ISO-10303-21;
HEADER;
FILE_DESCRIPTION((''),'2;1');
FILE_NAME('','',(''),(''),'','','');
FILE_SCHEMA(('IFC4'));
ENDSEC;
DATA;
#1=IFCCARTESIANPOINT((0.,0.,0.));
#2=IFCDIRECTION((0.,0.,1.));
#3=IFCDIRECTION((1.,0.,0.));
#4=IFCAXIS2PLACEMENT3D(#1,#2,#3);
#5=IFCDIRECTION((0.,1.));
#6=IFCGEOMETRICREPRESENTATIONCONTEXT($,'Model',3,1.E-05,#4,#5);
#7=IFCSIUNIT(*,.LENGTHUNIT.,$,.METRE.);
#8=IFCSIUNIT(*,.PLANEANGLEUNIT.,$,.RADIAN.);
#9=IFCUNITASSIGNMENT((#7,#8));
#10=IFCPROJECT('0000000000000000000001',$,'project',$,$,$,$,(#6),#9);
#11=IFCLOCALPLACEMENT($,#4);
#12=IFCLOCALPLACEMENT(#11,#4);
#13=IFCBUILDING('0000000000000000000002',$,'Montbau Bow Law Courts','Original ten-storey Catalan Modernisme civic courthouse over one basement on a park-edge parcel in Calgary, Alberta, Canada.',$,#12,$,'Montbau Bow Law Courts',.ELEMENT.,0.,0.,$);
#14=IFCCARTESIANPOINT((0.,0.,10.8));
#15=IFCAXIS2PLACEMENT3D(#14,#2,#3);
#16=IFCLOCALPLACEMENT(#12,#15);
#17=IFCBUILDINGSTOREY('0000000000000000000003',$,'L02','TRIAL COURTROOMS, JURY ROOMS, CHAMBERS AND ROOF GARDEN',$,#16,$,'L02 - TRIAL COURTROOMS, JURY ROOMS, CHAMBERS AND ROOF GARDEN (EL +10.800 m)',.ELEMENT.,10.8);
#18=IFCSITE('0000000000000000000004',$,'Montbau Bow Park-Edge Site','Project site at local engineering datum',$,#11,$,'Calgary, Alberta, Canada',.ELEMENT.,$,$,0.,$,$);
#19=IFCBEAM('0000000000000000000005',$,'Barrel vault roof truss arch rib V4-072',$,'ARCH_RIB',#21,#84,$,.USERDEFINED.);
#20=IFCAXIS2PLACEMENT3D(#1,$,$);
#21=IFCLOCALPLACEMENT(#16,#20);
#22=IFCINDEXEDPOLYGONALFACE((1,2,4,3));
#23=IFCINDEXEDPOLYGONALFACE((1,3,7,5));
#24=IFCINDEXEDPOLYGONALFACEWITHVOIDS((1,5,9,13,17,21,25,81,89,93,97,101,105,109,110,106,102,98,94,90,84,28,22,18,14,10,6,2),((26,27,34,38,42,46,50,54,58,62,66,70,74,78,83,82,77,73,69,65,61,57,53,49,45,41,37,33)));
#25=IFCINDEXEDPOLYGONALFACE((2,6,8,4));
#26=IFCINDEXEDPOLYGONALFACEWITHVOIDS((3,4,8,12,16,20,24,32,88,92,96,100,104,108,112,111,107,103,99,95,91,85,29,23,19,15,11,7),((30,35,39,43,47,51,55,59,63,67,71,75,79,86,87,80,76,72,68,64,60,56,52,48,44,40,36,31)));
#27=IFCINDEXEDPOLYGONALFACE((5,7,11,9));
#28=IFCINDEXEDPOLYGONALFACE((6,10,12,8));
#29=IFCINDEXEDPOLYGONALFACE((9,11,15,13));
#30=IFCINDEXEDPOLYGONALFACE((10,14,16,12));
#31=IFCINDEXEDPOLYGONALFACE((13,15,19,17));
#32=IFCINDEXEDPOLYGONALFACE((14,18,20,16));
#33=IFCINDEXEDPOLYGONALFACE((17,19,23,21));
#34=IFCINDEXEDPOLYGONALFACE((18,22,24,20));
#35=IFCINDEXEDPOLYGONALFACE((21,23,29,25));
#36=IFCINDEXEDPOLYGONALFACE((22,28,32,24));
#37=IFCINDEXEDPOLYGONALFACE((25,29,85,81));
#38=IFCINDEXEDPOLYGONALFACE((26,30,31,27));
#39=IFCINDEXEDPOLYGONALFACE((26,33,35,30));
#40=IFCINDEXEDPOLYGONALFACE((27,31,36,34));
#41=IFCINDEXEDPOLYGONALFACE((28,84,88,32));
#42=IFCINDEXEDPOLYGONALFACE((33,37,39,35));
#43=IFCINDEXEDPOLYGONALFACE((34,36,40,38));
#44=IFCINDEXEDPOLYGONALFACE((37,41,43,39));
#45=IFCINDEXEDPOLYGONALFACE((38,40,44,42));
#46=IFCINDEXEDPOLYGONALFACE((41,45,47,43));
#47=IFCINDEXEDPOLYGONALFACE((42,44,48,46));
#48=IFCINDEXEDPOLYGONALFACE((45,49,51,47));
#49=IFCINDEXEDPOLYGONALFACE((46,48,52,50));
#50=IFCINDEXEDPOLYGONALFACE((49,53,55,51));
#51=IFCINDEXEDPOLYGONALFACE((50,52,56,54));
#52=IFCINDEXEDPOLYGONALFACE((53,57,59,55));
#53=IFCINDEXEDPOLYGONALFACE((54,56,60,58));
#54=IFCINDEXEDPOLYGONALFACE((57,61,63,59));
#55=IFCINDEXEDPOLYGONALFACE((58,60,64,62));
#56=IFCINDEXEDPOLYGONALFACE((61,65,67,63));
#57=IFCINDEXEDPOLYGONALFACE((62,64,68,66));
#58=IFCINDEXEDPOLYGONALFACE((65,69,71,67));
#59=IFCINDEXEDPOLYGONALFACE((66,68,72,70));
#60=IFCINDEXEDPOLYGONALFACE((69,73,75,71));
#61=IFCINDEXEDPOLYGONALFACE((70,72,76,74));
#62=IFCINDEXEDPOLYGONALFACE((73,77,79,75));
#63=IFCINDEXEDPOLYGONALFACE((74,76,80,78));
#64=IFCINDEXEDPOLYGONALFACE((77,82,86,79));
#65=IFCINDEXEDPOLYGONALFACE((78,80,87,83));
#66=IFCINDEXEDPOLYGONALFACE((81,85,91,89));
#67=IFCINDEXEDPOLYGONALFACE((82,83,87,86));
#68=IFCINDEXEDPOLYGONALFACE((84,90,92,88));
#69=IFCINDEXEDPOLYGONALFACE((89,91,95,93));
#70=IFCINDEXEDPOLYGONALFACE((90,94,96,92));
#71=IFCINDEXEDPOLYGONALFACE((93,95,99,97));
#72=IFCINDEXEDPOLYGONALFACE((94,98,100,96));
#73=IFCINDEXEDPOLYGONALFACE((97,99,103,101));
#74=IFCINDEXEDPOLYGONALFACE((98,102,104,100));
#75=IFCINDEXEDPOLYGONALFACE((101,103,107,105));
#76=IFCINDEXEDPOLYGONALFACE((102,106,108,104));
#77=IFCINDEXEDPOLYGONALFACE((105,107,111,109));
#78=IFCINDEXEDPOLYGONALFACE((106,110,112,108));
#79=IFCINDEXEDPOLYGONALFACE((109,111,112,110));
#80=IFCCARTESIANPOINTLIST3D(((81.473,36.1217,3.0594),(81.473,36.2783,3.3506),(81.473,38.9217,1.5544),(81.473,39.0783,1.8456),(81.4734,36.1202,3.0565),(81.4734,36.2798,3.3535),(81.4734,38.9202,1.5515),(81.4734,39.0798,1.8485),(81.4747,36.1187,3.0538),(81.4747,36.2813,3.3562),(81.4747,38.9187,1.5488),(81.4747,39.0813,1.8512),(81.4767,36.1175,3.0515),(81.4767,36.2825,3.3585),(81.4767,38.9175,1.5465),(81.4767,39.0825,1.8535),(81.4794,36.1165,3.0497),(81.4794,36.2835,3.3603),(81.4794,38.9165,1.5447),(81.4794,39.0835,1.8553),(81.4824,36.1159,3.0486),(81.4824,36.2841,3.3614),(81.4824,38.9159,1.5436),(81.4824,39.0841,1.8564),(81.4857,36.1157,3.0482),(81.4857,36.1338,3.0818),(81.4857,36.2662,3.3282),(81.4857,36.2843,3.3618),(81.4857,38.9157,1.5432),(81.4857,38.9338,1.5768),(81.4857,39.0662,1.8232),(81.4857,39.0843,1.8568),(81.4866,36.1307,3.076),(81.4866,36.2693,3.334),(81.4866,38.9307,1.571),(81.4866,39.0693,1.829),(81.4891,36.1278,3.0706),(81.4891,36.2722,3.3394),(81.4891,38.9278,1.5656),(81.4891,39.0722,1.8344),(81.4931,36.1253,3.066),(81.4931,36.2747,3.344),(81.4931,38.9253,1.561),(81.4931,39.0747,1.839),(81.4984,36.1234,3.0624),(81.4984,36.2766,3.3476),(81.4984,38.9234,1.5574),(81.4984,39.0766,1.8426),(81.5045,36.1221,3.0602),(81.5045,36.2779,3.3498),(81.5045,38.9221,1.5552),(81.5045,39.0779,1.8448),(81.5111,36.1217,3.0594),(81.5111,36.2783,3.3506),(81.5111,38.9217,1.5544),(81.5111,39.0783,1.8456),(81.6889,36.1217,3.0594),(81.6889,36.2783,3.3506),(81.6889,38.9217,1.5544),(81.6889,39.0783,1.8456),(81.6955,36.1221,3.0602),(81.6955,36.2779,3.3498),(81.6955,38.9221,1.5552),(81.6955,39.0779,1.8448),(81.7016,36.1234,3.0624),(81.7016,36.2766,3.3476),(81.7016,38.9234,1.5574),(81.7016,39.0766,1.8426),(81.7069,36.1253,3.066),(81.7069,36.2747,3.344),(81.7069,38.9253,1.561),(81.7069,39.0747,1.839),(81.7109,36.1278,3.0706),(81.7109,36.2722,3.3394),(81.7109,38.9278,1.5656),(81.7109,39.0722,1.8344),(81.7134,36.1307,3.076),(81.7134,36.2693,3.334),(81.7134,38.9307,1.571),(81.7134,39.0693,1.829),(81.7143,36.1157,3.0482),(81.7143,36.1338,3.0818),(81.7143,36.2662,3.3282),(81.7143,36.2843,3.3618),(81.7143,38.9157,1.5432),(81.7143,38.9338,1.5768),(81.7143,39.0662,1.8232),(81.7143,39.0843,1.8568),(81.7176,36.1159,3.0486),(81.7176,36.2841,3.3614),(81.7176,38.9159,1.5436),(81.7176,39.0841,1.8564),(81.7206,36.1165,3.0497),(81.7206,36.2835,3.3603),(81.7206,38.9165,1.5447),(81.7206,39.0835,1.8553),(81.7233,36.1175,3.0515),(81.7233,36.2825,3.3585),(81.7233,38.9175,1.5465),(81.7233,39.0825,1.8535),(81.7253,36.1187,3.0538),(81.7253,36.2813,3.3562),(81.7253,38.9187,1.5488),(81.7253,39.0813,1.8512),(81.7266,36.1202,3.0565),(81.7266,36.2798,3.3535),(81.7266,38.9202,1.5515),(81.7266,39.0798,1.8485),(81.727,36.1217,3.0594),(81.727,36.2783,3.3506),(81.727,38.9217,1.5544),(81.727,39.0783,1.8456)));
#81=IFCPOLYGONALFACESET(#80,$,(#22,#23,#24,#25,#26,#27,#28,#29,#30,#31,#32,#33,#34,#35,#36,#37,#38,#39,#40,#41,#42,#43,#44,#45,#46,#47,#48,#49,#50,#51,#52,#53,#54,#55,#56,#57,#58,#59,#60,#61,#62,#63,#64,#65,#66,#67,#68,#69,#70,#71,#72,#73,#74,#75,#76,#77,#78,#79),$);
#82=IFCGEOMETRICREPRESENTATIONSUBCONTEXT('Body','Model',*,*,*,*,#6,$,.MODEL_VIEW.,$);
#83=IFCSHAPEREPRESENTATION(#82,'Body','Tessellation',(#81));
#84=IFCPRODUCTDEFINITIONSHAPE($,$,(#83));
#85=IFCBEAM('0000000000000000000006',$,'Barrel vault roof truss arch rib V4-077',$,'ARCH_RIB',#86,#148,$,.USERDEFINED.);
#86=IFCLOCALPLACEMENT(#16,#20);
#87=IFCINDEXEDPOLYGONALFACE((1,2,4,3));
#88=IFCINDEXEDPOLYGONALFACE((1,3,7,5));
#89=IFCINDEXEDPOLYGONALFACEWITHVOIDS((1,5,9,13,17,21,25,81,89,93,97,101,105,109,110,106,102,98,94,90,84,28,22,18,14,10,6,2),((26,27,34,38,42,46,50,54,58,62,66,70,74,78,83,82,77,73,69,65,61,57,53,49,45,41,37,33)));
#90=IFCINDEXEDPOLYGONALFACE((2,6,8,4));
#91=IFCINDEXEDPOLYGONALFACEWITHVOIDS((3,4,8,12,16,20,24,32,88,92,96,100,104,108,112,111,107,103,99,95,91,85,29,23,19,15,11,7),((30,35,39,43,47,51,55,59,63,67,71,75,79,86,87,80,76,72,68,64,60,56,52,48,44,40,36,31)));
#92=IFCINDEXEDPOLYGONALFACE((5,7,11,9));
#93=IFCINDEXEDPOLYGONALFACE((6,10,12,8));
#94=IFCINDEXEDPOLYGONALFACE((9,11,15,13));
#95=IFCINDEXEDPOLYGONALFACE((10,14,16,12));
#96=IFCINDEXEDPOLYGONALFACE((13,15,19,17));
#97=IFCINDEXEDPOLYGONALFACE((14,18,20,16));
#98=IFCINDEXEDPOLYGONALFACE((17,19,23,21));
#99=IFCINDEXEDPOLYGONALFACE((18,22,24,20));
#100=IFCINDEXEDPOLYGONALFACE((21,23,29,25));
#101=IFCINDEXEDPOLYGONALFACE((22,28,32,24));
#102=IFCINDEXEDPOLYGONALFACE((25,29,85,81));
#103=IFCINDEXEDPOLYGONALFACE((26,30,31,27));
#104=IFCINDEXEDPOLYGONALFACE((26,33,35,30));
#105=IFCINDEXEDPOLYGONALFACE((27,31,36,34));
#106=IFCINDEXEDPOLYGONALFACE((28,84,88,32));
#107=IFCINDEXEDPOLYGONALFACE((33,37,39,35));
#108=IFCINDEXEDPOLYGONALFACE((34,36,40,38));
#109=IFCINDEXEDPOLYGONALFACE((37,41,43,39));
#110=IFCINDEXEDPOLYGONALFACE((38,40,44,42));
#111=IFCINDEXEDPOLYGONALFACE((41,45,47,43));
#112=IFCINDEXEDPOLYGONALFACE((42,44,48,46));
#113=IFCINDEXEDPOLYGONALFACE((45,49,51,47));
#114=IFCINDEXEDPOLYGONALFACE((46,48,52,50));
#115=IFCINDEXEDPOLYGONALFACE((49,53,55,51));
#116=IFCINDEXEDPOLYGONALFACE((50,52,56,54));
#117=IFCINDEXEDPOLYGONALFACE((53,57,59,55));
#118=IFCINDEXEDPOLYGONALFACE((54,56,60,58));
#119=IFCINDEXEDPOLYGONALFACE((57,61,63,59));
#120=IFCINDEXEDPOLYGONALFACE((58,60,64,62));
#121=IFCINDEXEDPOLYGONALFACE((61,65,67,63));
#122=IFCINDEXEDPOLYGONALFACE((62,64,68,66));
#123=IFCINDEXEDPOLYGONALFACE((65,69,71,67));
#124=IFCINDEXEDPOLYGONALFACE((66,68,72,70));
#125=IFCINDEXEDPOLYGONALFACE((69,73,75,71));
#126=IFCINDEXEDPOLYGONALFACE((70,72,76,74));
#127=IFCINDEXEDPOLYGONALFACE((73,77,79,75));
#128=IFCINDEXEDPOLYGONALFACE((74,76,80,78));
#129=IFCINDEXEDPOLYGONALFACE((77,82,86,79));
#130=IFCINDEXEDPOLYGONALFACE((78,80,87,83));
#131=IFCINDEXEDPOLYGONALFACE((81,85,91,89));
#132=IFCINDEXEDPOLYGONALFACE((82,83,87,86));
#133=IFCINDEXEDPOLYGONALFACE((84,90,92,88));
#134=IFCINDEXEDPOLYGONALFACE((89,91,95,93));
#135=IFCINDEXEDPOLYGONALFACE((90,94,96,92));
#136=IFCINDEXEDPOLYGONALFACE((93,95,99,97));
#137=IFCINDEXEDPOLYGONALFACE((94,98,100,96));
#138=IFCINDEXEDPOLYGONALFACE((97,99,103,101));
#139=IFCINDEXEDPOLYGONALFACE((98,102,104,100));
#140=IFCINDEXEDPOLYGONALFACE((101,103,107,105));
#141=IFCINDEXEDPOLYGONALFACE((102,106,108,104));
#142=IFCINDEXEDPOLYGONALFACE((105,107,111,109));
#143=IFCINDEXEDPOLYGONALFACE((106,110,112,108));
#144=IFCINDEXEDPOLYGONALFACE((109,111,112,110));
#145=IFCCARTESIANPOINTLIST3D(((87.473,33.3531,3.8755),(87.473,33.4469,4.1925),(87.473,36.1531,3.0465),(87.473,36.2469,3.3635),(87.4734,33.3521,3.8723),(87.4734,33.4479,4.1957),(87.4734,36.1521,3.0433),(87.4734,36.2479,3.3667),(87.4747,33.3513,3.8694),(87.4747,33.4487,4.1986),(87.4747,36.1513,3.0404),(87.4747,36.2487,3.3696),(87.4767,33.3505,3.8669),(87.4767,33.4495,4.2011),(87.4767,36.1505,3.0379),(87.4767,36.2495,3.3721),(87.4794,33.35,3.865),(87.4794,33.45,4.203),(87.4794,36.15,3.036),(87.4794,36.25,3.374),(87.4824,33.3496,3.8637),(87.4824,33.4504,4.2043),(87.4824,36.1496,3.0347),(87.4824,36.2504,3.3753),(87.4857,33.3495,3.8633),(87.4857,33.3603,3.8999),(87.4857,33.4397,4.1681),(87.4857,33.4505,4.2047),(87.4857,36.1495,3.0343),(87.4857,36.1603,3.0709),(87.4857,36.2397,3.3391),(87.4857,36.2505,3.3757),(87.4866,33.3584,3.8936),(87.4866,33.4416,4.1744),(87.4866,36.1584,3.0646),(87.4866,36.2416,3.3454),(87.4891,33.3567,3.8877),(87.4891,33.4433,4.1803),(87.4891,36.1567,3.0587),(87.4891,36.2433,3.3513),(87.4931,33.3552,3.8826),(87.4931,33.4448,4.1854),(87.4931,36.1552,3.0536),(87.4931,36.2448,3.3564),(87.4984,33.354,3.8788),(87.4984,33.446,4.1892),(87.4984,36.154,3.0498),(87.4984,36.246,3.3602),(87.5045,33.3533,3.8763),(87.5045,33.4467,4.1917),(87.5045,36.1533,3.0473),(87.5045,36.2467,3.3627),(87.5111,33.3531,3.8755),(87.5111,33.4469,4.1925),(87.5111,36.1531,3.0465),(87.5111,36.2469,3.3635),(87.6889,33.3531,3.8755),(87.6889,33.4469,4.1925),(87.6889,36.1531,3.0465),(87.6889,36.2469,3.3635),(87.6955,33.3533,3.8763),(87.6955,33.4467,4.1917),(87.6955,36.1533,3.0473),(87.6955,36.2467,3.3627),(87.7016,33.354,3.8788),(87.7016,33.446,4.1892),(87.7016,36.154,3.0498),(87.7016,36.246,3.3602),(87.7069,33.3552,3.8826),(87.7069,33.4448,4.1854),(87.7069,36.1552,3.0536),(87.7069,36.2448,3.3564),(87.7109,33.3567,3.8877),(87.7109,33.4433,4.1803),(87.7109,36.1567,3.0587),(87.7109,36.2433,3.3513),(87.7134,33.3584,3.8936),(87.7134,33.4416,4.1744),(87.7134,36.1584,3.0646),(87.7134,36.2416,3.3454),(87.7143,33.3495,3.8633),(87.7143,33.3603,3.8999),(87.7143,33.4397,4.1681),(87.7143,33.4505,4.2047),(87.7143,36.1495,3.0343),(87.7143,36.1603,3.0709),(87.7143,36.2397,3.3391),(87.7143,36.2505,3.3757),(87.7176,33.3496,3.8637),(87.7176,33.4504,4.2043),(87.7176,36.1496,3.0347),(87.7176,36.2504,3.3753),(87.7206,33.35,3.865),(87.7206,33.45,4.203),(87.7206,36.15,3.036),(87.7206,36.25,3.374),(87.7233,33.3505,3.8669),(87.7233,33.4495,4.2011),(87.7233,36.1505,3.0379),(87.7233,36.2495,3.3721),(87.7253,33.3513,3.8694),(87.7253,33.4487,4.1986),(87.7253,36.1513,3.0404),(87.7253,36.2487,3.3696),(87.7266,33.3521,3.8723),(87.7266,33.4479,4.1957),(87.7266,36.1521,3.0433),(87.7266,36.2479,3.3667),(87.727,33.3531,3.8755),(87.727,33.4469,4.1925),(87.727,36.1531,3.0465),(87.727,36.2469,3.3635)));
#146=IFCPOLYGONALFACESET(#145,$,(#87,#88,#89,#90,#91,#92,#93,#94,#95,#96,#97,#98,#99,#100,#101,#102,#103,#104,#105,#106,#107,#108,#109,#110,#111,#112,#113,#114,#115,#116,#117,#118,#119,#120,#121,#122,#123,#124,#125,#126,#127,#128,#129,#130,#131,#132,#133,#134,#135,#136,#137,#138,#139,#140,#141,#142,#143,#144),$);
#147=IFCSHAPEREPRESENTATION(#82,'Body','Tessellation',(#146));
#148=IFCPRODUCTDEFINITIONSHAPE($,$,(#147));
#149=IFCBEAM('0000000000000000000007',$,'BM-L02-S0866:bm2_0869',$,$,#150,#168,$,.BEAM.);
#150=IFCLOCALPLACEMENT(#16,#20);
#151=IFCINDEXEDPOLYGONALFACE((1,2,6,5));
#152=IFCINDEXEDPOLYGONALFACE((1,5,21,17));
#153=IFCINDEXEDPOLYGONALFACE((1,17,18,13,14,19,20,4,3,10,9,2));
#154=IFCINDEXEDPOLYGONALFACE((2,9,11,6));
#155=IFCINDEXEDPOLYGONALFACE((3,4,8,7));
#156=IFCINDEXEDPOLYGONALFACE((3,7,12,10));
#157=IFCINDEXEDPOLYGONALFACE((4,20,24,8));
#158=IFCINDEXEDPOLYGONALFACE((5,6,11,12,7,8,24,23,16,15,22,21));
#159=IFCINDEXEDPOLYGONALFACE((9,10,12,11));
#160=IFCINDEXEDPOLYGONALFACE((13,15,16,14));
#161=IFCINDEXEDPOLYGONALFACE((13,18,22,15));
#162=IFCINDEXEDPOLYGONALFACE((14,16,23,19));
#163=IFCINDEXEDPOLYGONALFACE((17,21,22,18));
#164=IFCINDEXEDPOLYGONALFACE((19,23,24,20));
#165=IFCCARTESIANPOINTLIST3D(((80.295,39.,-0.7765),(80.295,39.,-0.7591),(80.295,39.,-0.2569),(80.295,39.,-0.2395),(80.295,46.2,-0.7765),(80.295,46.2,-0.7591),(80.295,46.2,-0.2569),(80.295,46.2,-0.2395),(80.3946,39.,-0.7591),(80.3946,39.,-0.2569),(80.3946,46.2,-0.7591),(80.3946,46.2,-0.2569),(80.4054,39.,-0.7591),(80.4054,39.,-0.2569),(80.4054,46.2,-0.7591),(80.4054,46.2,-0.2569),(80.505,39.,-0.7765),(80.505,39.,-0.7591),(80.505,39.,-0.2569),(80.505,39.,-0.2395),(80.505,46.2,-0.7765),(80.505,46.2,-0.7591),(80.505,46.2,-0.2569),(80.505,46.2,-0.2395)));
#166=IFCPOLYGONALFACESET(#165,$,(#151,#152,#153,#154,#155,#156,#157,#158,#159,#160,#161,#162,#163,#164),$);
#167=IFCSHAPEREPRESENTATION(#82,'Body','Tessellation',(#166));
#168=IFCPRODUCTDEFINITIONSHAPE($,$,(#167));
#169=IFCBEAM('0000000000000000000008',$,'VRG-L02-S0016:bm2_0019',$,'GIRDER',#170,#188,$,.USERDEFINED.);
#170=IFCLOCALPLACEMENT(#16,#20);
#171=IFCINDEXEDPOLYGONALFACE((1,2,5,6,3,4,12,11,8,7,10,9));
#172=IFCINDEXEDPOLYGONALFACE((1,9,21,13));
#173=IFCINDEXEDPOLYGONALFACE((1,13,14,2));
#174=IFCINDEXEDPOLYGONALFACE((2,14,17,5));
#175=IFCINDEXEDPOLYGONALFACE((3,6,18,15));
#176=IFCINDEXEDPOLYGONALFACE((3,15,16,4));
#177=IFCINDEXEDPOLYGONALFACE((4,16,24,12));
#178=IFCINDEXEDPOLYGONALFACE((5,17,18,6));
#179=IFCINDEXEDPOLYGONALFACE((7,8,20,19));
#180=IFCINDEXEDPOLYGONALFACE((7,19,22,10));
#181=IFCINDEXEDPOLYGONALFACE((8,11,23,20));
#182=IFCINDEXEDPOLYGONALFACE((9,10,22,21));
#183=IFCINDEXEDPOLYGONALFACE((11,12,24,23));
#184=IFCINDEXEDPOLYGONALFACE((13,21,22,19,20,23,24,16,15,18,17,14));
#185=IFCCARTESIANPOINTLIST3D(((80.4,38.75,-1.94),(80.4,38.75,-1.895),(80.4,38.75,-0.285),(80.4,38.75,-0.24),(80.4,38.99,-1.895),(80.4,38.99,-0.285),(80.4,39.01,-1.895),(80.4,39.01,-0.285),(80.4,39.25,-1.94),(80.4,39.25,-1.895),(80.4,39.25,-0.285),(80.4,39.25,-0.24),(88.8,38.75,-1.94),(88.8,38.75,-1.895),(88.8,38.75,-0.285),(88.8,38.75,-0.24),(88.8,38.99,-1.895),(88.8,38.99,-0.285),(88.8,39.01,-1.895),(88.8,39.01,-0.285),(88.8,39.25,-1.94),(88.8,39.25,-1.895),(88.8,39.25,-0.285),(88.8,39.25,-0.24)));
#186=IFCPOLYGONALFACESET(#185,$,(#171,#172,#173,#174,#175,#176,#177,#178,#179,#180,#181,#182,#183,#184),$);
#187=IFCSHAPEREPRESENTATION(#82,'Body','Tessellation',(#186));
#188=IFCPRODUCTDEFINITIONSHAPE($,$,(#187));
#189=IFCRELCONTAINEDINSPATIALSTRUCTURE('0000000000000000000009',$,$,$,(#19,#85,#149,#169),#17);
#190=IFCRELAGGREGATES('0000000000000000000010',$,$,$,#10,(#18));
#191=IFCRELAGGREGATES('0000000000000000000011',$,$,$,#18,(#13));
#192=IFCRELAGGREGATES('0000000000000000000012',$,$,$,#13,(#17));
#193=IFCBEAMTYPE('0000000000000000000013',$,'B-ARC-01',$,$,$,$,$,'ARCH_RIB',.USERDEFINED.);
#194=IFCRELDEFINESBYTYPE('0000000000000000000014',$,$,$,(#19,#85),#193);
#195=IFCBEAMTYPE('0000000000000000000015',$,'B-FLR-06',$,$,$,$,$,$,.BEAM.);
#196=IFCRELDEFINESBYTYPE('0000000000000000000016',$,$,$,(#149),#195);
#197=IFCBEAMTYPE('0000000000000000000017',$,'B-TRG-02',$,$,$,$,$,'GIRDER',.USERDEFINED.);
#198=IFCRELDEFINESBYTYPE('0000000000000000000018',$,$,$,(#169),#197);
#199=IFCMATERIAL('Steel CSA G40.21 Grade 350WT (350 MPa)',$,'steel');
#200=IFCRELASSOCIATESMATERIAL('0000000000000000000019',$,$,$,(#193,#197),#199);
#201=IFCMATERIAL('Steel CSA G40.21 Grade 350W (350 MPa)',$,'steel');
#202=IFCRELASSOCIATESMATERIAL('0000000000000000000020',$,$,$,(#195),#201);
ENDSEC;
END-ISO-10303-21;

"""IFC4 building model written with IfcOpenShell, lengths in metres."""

from ifc_helpers import new_model, si_unit, direction, frame, origin_with_axes, origin_2d_with_axis, place, context, subcontext, project, spatial, hollow_rectangle, i_section, extrude, material, material_profile, profile_set, type_object, element, save


model = new_model("IFC4")

# Units and contexts
model_context = context("Model", 3, precision=1e-05, world=origin_with_axes(), true_north=direction((0.0, 1.0)))
body_context = subcontext(model_context, "Body", "Model", "MODEL_VIEW")
ifc_project = project(units=[si_unit("LENGTHUNIT", "METRE"), si_unit("PLANEANGLEUNIT", "RADIAN")], contexts=[model_context])

# Site, building, storey
site_placement = place(None, origin_with_axes())
site = spatial("IfcSite", under=ifc_project, at=site_placement, Name="Montbau Bow Park-Edge Site", Description="Project site at local engineering datum", LongName="Calgary, Alberta, Canada", CompositionType="ELEMENT", RefElevation=0.0)
building_placement = place(site_placement, origin_with_axes())
building = spatial("IfcBuilding", under=site, at=building_placement, Name="Montbau Bow Law Courts", Description="Original ten-storey Catalan Modernisme civic courthouse over one basement on a park-edge parcel in Calgary, Alberta, Canada.", LongName="Montbau Bow Law Courts", CompositionType="ELEMENT", ElevationOfRefHeight=0.0, ElevationOfTerrain=0.0)
storey_placement = place(building_placement, frame((0.0, 0.0, 10.8), z_axis=(0.0, 0.0, 1.0), x_axis=(1.0, 0.0, 0.0)))
storey = spatial("IfcBuildingStorey", under=building, at=storey_placement, Name="L02", Description="TRIAL COURTROOMS, JURY ROOMS, CHAMBERS AND ROOF GARDEN", LongName="L02 - TRIAL COURTROOMS, JURY ROOMS, CHAMBERS AND ROOF GARDEN (EL +10.800 m)", CompositionType="ELEMENT", Elevation=10.8)

# Shared definitions
ifc_material_1 = material(Name="Steel CSA G40.21 Grade 350W (350 MPa)", Category="steel")

# Beams
ifc_material_2 = material(Name="Steel CSA G40.21 Grade 350WT (350 MPa)", Category="steel")
ifc_material_profile_1 = material_profile(ifc_material_2, hollow_rectangle(XDim=0.254, YDim=0.356, WallThickness=0.0127, InnerFilletRadius=0.0254, OuterFilletRadius=0.0127, at=origin_2d_with_axis()), Name="HSS356X254X13", Category="Main", Priority=0)
ifc_profile_set_1 = profile_set([ifc_material_profile_1], Name="Steel CSA G40.21 Grade 350WT (350 MPa)")
beam_type_1 = type_object("IfcBeamType", Name="B-ARC-01", ElementType="ARCH_RIB", PredefinedType="USERDEFINED", material=ifc_profile_set_1)
beam_1_placement = place(None, frame((81.6, 36.2, 14.005), z_axis=(0.0, 0.880824, -0.473443), x_axis=(-1.0, 0.0, 0.0)))
element("IfcBeam", 1, at=beam_1_placement, inside=storey, type_object=beam_type_1, Name="Barrel vault roof truss arch rib V4-072", ObjectType="ARCH_RIB", PredefinedType="USERDEFINED", context=body_context, shape_type="SweptSolid", body=[
    extrude(hollow_rectangle(XDim=0.254, YDim=0.356, WallThickness=0.0127, InnerFilletRadius=0.0254, OuterFilletRadius=0.0127, at=origin_2d_with_axis()), origin_with_axes(), (0.0, 0.0, 1.0), 3.1788),
])
beam_2_placement = place(None, frame((87.6, 33.4, 14.834), z_axis=(0.0, 0.958857, -0.28389), x_axis=(-1.0, 0.0, 0.0)))
element("IfcBeam", 2, at=beam_2_placement, inside=storey, type_object=beam_type_1, Name="Barrel vault roof truss arch rib V4-077", ObjectType="ARCH_RIB", PredefinedType="USERDEFINED", context=body_context, shape_type="SweptSolid", body=[
    extrude(hollow_rectangle(XDim=0.254, YDim=0.356, WallThickness=0.0127, InnerFilletRadius=0.0254, OuterFilletRadius=0.0127, at=origin_2d_with_axis()), origin_with_axes(), (0.0, 0.0, 1.0), 2.9201),
])
ifc_material_profile_2 = material_profile(ifc_material_1, i_section(OverallWidth=0.21, OverallDepth=0.537, WebThickness=0.0109, FlangeThickness=0.0174, at=origin_2d_with_axis()), Name="W530X101", Category="Main", Priority=0)
ifc_profile_set_2 = profile_set([ifc_material_profile_2], Name="Steel CSA G40.21 Grade 350W (350 MPa)")
beam_type_2 = type_object("IfcBeamType", Name="B-FLR-06", PredefinedType="BEAM", material=ifc_profile_set_2)
beam_3_placement = place(None, frame((80.4, 39.0, 10.292), z_axis=(0.0, 1.0, 0.0), x_axis=(-1.0, 0.0, 0.0)))
element("IfcBeam", 3, at=beam_3_placement, inside=storey, type_object=beam_type_2, Name="BM-L02-S0866:bm2_0869", PredefinedType="BEAM", context=body_context, shape_type="SweptSolid", body=[
    extrude(i_section(OverallWidth=0.21, OverallDepth=0.537, WebThickness=0.0109, FlangeThickness=0.0174, at=origin_2d_with_axis()), origin_with_axes(), (0.0, 0.0, 1.0), 7.2),
])
ifc_material_profile_3 = material_profile(ifc_material_2, i_section(OverallWidth=0.5, OverallDepth=1.7, WebThickness=0.02, FlangeThickness=0.045, at=origin_2d_with_axis()), Name="WWF1700X480", Category="Main", Priority=0)
ifc_profile_set_3 = profile_set([ifc_material_profile_3], Name="Steel CSA G40.21 Grade 350WT (350 MPa)")
beam_type_3 = type_object("IfcBeamType", Name="B-TRG-02", ElementType="GIRDER", PredefinedType="USERDEFINED", material=ifc_profile_set_3)
beam_4_placement = place(None, frame((80.4, 39.0, 9.71), z_axis=(1.0, 0.0, 0.0), x_axis=(0.0, 1.0, 0.0)))
element("IfcBeam", 4, at=beam_4_placement, inside=storey, type_object=beam_type_3, Name="VRG-L02-S0016:bm2_0019", ObjectType="GIRDER", PredefinedType="USERDEFINED", context=body_context, shape_type="SweptSolid", body=[
    extrude(i_section(OverallWidth=0.5, OverallDepth=1.7, WebThickness=0.02, FlangeThickness=0.045, at=origin_2d_with_axis()), origin_with_axes(), (0.0, 0.0, 1.0), 8.4),
])

save(model, "model.ifc")
